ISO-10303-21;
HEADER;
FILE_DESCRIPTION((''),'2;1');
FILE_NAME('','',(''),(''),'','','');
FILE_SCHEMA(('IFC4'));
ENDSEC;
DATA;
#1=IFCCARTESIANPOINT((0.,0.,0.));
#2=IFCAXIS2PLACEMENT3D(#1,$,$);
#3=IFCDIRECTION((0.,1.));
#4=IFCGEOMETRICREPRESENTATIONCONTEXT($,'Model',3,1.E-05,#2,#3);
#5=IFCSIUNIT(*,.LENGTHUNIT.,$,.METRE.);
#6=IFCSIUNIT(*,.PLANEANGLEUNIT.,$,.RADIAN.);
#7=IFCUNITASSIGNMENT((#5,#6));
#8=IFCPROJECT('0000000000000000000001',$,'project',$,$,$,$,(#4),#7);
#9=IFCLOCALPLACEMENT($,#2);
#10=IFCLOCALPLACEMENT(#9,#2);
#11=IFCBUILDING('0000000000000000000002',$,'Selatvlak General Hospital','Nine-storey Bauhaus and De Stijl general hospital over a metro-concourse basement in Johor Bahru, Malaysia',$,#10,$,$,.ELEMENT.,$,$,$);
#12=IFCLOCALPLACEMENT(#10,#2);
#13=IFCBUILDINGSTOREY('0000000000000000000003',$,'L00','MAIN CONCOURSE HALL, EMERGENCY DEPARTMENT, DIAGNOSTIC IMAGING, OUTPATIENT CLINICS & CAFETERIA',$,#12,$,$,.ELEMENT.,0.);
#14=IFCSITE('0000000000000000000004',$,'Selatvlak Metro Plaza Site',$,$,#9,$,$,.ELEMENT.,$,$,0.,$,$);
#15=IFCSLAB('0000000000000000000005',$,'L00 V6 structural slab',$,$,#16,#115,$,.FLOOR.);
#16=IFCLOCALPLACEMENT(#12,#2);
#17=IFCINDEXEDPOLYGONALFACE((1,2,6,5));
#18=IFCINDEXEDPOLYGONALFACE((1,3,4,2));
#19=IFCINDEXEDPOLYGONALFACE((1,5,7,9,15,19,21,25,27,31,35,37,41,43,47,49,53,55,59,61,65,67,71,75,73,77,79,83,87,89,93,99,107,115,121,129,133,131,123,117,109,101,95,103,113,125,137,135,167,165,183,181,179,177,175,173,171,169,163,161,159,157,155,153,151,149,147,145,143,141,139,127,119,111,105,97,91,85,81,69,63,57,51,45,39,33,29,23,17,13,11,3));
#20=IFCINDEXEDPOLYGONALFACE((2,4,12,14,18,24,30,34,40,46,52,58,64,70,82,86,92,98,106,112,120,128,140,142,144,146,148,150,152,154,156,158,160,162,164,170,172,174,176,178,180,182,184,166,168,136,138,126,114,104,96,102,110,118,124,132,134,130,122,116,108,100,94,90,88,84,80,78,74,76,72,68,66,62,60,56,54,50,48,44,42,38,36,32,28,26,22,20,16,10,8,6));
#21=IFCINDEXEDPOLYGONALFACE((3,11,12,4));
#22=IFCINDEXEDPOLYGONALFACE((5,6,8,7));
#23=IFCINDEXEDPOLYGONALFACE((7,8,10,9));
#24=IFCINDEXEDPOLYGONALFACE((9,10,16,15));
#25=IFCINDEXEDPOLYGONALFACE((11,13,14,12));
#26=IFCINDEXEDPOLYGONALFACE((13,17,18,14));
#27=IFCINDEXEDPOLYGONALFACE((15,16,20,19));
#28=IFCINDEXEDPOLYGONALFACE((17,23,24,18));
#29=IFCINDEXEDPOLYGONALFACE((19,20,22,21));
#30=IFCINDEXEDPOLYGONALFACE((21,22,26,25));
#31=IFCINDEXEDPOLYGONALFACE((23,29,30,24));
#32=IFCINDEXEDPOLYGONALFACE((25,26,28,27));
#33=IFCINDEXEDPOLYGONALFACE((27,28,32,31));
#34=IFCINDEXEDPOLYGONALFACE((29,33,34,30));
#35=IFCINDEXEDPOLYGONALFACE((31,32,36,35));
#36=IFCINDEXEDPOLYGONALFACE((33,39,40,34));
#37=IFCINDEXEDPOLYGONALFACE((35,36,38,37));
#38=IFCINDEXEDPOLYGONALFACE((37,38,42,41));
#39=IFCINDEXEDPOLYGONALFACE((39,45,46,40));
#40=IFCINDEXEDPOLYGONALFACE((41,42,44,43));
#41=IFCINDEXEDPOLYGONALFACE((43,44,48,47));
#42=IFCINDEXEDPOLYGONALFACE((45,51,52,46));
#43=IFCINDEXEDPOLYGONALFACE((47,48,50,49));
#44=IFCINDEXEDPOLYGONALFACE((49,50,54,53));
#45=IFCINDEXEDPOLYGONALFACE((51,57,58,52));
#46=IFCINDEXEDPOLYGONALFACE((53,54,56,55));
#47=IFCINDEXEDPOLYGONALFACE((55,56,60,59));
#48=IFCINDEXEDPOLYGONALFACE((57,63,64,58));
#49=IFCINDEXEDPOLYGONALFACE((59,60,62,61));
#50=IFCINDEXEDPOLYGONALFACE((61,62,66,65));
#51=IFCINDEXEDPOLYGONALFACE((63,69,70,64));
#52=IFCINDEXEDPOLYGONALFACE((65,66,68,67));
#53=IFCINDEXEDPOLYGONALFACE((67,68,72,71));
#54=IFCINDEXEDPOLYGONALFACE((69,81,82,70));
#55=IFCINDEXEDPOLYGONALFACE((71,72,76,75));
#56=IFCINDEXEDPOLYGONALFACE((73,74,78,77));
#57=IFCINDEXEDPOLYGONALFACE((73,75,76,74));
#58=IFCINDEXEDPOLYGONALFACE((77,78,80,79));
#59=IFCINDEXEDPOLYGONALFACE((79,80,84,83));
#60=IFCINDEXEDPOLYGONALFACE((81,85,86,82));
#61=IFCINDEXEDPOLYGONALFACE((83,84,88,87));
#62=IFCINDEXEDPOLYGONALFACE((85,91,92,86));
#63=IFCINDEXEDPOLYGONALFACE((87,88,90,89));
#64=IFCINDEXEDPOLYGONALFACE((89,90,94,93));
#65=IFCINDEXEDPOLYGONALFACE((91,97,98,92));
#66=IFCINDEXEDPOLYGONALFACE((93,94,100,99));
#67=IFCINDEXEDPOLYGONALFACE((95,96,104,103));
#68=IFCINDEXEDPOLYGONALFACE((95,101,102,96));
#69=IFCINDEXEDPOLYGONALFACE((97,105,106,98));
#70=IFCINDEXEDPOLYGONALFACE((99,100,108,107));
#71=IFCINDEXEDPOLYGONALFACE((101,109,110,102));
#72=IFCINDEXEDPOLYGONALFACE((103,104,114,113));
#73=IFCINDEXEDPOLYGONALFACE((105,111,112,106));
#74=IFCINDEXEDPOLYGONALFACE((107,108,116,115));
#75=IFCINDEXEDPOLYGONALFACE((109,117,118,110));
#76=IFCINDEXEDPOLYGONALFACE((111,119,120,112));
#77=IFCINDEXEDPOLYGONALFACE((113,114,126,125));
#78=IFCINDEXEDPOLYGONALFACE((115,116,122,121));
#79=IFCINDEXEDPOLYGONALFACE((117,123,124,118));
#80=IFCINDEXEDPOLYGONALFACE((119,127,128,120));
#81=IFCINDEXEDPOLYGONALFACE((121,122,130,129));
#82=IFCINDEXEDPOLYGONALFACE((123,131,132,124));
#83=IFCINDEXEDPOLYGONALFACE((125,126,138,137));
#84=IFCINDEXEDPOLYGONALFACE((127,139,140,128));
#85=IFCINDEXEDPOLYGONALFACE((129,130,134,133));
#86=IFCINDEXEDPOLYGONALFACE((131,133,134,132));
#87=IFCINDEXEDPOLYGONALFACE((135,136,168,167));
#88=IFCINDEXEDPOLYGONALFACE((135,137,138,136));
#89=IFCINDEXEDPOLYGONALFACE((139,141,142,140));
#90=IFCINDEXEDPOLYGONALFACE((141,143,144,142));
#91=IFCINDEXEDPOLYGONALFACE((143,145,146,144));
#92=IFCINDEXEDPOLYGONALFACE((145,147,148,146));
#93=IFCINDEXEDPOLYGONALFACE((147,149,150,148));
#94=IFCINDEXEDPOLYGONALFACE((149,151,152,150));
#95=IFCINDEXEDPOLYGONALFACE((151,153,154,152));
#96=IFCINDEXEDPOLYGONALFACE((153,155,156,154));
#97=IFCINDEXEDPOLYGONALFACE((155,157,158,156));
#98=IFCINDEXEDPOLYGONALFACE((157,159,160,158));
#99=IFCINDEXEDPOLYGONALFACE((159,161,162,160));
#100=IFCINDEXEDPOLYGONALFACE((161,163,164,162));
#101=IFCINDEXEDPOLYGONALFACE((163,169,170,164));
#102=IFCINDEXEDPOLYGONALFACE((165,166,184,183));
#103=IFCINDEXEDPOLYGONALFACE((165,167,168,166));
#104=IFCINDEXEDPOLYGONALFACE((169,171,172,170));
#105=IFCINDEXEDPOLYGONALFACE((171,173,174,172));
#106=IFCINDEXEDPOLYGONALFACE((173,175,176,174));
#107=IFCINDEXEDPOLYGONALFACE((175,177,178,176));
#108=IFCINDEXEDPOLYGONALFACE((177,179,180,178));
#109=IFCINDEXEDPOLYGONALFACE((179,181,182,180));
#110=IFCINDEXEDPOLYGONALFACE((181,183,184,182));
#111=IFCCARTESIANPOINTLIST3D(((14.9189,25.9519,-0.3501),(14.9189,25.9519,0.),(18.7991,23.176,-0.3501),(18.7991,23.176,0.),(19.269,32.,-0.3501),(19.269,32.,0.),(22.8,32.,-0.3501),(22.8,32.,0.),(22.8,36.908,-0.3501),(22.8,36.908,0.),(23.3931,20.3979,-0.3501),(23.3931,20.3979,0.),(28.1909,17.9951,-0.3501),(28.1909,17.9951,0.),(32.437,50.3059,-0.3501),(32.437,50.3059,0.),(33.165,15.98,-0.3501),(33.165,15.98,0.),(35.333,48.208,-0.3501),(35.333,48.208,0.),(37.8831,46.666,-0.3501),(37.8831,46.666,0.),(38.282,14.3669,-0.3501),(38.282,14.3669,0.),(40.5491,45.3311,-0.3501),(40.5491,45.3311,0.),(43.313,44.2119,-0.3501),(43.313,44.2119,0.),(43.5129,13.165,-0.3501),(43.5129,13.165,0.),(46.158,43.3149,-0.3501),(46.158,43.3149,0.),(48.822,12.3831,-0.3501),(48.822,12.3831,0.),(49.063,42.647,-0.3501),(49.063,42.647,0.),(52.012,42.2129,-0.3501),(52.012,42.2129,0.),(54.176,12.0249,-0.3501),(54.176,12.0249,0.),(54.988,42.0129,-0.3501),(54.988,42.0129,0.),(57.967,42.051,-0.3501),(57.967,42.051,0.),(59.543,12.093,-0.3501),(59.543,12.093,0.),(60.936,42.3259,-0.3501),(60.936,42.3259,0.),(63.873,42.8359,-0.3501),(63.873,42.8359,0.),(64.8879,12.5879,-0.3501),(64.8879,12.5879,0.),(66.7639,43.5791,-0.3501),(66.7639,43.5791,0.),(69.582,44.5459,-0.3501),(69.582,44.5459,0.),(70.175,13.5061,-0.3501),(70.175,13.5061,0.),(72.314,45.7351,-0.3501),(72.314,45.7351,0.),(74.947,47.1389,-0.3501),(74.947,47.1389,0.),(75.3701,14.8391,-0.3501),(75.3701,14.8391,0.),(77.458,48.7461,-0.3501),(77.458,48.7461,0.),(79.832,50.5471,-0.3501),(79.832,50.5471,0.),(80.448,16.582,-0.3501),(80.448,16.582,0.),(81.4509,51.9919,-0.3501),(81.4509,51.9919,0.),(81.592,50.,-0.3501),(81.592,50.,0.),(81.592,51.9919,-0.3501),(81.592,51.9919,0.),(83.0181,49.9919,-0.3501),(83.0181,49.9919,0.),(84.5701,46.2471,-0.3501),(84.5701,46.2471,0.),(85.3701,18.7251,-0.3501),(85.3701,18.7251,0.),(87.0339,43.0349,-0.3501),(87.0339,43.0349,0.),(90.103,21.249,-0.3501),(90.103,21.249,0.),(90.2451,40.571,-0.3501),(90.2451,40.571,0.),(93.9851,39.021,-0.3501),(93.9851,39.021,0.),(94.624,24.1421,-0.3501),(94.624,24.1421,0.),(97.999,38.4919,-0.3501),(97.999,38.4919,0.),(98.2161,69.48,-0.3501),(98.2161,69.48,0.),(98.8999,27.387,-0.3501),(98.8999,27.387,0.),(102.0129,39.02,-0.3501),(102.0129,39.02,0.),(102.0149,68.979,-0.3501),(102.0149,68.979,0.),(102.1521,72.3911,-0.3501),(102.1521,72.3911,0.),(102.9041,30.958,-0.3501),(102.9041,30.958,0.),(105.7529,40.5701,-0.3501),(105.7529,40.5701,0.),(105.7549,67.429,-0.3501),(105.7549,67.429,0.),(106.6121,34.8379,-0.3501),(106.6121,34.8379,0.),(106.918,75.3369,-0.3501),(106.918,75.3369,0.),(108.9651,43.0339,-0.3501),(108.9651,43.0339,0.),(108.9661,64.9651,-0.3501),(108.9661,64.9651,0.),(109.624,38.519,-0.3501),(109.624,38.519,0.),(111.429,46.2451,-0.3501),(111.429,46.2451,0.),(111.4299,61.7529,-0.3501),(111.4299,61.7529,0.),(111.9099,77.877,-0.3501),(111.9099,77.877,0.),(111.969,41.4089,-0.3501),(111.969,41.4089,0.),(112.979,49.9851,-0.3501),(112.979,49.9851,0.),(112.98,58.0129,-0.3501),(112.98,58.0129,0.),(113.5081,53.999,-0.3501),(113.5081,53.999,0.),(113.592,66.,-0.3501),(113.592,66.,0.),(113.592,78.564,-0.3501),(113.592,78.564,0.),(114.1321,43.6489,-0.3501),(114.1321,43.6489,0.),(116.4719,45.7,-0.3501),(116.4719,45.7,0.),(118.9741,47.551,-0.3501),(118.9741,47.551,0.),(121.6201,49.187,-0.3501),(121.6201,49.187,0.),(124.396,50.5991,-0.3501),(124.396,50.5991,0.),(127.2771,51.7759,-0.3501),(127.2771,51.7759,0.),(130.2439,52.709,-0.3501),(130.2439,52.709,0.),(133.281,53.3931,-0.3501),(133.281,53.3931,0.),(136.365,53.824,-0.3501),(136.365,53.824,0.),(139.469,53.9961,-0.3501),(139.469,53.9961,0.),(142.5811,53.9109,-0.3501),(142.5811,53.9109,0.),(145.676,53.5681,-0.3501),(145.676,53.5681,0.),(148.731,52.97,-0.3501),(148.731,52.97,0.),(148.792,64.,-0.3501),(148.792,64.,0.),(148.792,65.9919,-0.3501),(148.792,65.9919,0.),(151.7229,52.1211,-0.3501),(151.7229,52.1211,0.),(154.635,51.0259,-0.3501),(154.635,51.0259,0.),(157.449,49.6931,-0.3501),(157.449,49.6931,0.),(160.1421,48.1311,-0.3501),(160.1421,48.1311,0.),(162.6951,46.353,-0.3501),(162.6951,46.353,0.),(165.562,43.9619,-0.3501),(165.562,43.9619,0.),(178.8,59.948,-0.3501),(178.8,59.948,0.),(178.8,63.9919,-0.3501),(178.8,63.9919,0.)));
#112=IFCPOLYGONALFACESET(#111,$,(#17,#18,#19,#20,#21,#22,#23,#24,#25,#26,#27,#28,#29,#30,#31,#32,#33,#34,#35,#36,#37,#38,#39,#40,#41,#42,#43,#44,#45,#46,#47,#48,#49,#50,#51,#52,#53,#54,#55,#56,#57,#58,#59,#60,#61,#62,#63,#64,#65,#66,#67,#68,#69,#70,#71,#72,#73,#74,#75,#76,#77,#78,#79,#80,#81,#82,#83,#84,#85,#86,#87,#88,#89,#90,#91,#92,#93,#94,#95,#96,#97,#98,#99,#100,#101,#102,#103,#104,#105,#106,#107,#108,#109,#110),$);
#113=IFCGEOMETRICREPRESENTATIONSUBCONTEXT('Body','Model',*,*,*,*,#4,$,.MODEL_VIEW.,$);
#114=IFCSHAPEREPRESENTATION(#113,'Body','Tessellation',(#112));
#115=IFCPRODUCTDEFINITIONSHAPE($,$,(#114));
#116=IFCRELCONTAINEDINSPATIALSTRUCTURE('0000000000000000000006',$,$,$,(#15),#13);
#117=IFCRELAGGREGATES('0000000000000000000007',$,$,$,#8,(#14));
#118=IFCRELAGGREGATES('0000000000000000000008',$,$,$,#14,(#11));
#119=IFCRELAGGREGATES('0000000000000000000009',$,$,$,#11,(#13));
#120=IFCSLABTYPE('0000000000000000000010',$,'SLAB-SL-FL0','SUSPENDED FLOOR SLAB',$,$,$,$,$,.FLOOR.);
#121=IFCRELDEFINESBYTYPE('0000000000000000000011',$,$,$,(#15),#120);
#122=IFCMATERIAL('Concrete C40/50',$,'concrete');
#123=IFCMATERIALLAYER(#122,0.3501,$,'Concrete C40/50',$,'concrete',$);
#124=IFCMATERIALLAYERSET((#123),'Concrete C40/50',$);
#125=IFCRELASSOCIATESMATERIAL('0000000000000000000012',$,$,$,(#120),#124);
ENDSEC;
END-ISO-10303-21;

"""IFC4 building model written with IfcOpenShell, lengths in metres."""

from ifc_helpers import new_model, si_unit, direction, frame, origin, place, context, subcontext, project, spatial, polyline, outline, extrude, material, layer, layer_set, type_object, element, save


model = new_model("IFC4")

# Units and contexts
model_context = context("Model", 3, precision=1e-05, world=origin(), true_north=direction((0.0, 1.0)))
body_context = subcontext(model_context, "Body", "Model", "MODEL_VIEW")
ifc_project = project(units=[si_unit("LENGTHUNIT", "METRE"), si_unit("PLANEANGLEUNIT", "RADIAN")], contexts=[model_context])

# Site, building, storey
site_placement = place(None, origin())
site = spatial("IfcSite", under=ifc_project, at=site_placement, Name="Selatvlak Metro Plaza Site", CompositionType="ELEMENT", RefElevation=0.0)
building_placement = place(site_placement, origin())
building = spatial("IfcBuilding", under=site, at=building_placement, Name="Selatvlak General Hospital", Description="Nine-storey Bauhaus and De Stijl general hospital over a metro-concourse basement in Johor Bahru, Malaysia", CompositionType="ELEMENT")
storey_placement = place(building_placement, origin())
storey = spatial("IfcBuildingStorey", under=building, at=storey_placement, Name="L00", Description="MAIN CONCOURSE HALL, EMERGENCY DEPARTMENT, DIAGNOSTIC IMAGING, OUTPATIENT CLINICS & CAFETERIA", CompositionType="ELEMENT", Elevation=0.0)

# Shared definitions
ifc_material_1 = material(Name="Concrete C40/50", Category="concrete")

# Slab
ifc_layer_1 = layer(ifc_material_1, 0.3501, Name="Concrete C40/50", Category="concrete")
ifc_layer_set_1 = layer_set([ifc_layer_1], Name="Concrete C40/50")
slab_type_1 = type_object("IfcSlabType", Name="SLAB-SL-FL0", Description="SUSPENDED FLOOR SLAB", PredefinedType="FLOOR", material=ifc_layer_set_1)
slab_1_placement = place(storey_placement, frame((0.0, 0.0, -0.3501)))
element("IfcSlab", 1, at=slab_1_placement, inside=storey, type_object=slab_type_1, Name="L00 V6 structural slab", PredefinedType="FLOOR", context=body_context, shape_type="SweptSolid", body=[
    extrude(outline(polyline([(40.5491, 45.3311), (43.313, 44.2119), (46.158, 43.3149), (49.063, 42.647), (52.012, 42.2129), (54.988, 42.0129), (57.967, 42.051), (60.936, 42.3259), (63.873, 42.8359), (66.7639, 43.5791), (69.582, 44.5459), (72.314, 45.7351), (74.947, 47.1389), (77.458, 48.7461), (79.832, 50.5471), (81.4509, 51.9919), (81.592, 51.9919), (81.592, 50.0), (83.0181, 49.9919), (84.5701, 46.2471), (87.0339, 43.0349), (90.2451, 40.571), (93.9851, 39.021), (97.999, 38.4919), (102.0129, 39.02), (105.7529, 40.5701), (108.9651, 43.0339), (111.429, 46.2451), (112.979, 49.9851), (113.5081, 53.999), (112.98, 58.0129), (111.4299, 61.7529), (108.9661, 64.9651), (105.7549, 67.429), (102.0149, 68.979), (98.2161, 69.48), (102.1521, 72.3911), (106.918, 75.3369), (111.9099, 77.877), (113.592, 78.564), (113.592, 66.0), (148.792, 65.9919), (148.792, 64.0), (178.8, 63.9919), (178.8, 59.948), (165.562, 43.9619), (162.6951, 46.353), (160.1421, 48.1311), (157.449, 49.6931), (154.635, 51.0259), (151.7229, 52.1211), (148.731, 52.97), (145.676, 53.5681), (142.5811, 53.9109), (139.469, 53.9961), (136.365, 53.824), (133.281, 53.3931), (130.2439, 52.709), (127.2771, 51.7759), (124.396, 50.5991), (121.6201, 49.187), (118.9741, 47.551), (116.4719, 45.7), (114.1321, 43.6489), (111.969, 41.4089), (109.624, 38.519), (106.6121, 34.8379), (102.9041, 30.958), (98.8999, 27.387), (94.624, 24.1421), (90.103, 21.249), (85.3701, 18.7251), (80.448, 16.582), (75.3701, 14.8391), (70.175, 13.5061), (64.8879, 12.5879), (59.543, 12.093), (54.176, 12.0249), (48.822, 12.3831), (43.5129, 13.165), (38.282, 14.3669), (33.165, 15.98), (28.1909, 17.9951), (23.3931, 20.3979), (18.7991, 23.176), (14.9189, 25.9519), (19.269, 32.0), (22.8, 32.0), (22.8, 36.908), (32.437, 50.3059), (35.333, 48.208), (37.8831, 46.666), (40.5491, 45.3311)])), origin(), (0.0, 0.0, 1.0), 0.3501),
])

save(model, "model.ifc")
